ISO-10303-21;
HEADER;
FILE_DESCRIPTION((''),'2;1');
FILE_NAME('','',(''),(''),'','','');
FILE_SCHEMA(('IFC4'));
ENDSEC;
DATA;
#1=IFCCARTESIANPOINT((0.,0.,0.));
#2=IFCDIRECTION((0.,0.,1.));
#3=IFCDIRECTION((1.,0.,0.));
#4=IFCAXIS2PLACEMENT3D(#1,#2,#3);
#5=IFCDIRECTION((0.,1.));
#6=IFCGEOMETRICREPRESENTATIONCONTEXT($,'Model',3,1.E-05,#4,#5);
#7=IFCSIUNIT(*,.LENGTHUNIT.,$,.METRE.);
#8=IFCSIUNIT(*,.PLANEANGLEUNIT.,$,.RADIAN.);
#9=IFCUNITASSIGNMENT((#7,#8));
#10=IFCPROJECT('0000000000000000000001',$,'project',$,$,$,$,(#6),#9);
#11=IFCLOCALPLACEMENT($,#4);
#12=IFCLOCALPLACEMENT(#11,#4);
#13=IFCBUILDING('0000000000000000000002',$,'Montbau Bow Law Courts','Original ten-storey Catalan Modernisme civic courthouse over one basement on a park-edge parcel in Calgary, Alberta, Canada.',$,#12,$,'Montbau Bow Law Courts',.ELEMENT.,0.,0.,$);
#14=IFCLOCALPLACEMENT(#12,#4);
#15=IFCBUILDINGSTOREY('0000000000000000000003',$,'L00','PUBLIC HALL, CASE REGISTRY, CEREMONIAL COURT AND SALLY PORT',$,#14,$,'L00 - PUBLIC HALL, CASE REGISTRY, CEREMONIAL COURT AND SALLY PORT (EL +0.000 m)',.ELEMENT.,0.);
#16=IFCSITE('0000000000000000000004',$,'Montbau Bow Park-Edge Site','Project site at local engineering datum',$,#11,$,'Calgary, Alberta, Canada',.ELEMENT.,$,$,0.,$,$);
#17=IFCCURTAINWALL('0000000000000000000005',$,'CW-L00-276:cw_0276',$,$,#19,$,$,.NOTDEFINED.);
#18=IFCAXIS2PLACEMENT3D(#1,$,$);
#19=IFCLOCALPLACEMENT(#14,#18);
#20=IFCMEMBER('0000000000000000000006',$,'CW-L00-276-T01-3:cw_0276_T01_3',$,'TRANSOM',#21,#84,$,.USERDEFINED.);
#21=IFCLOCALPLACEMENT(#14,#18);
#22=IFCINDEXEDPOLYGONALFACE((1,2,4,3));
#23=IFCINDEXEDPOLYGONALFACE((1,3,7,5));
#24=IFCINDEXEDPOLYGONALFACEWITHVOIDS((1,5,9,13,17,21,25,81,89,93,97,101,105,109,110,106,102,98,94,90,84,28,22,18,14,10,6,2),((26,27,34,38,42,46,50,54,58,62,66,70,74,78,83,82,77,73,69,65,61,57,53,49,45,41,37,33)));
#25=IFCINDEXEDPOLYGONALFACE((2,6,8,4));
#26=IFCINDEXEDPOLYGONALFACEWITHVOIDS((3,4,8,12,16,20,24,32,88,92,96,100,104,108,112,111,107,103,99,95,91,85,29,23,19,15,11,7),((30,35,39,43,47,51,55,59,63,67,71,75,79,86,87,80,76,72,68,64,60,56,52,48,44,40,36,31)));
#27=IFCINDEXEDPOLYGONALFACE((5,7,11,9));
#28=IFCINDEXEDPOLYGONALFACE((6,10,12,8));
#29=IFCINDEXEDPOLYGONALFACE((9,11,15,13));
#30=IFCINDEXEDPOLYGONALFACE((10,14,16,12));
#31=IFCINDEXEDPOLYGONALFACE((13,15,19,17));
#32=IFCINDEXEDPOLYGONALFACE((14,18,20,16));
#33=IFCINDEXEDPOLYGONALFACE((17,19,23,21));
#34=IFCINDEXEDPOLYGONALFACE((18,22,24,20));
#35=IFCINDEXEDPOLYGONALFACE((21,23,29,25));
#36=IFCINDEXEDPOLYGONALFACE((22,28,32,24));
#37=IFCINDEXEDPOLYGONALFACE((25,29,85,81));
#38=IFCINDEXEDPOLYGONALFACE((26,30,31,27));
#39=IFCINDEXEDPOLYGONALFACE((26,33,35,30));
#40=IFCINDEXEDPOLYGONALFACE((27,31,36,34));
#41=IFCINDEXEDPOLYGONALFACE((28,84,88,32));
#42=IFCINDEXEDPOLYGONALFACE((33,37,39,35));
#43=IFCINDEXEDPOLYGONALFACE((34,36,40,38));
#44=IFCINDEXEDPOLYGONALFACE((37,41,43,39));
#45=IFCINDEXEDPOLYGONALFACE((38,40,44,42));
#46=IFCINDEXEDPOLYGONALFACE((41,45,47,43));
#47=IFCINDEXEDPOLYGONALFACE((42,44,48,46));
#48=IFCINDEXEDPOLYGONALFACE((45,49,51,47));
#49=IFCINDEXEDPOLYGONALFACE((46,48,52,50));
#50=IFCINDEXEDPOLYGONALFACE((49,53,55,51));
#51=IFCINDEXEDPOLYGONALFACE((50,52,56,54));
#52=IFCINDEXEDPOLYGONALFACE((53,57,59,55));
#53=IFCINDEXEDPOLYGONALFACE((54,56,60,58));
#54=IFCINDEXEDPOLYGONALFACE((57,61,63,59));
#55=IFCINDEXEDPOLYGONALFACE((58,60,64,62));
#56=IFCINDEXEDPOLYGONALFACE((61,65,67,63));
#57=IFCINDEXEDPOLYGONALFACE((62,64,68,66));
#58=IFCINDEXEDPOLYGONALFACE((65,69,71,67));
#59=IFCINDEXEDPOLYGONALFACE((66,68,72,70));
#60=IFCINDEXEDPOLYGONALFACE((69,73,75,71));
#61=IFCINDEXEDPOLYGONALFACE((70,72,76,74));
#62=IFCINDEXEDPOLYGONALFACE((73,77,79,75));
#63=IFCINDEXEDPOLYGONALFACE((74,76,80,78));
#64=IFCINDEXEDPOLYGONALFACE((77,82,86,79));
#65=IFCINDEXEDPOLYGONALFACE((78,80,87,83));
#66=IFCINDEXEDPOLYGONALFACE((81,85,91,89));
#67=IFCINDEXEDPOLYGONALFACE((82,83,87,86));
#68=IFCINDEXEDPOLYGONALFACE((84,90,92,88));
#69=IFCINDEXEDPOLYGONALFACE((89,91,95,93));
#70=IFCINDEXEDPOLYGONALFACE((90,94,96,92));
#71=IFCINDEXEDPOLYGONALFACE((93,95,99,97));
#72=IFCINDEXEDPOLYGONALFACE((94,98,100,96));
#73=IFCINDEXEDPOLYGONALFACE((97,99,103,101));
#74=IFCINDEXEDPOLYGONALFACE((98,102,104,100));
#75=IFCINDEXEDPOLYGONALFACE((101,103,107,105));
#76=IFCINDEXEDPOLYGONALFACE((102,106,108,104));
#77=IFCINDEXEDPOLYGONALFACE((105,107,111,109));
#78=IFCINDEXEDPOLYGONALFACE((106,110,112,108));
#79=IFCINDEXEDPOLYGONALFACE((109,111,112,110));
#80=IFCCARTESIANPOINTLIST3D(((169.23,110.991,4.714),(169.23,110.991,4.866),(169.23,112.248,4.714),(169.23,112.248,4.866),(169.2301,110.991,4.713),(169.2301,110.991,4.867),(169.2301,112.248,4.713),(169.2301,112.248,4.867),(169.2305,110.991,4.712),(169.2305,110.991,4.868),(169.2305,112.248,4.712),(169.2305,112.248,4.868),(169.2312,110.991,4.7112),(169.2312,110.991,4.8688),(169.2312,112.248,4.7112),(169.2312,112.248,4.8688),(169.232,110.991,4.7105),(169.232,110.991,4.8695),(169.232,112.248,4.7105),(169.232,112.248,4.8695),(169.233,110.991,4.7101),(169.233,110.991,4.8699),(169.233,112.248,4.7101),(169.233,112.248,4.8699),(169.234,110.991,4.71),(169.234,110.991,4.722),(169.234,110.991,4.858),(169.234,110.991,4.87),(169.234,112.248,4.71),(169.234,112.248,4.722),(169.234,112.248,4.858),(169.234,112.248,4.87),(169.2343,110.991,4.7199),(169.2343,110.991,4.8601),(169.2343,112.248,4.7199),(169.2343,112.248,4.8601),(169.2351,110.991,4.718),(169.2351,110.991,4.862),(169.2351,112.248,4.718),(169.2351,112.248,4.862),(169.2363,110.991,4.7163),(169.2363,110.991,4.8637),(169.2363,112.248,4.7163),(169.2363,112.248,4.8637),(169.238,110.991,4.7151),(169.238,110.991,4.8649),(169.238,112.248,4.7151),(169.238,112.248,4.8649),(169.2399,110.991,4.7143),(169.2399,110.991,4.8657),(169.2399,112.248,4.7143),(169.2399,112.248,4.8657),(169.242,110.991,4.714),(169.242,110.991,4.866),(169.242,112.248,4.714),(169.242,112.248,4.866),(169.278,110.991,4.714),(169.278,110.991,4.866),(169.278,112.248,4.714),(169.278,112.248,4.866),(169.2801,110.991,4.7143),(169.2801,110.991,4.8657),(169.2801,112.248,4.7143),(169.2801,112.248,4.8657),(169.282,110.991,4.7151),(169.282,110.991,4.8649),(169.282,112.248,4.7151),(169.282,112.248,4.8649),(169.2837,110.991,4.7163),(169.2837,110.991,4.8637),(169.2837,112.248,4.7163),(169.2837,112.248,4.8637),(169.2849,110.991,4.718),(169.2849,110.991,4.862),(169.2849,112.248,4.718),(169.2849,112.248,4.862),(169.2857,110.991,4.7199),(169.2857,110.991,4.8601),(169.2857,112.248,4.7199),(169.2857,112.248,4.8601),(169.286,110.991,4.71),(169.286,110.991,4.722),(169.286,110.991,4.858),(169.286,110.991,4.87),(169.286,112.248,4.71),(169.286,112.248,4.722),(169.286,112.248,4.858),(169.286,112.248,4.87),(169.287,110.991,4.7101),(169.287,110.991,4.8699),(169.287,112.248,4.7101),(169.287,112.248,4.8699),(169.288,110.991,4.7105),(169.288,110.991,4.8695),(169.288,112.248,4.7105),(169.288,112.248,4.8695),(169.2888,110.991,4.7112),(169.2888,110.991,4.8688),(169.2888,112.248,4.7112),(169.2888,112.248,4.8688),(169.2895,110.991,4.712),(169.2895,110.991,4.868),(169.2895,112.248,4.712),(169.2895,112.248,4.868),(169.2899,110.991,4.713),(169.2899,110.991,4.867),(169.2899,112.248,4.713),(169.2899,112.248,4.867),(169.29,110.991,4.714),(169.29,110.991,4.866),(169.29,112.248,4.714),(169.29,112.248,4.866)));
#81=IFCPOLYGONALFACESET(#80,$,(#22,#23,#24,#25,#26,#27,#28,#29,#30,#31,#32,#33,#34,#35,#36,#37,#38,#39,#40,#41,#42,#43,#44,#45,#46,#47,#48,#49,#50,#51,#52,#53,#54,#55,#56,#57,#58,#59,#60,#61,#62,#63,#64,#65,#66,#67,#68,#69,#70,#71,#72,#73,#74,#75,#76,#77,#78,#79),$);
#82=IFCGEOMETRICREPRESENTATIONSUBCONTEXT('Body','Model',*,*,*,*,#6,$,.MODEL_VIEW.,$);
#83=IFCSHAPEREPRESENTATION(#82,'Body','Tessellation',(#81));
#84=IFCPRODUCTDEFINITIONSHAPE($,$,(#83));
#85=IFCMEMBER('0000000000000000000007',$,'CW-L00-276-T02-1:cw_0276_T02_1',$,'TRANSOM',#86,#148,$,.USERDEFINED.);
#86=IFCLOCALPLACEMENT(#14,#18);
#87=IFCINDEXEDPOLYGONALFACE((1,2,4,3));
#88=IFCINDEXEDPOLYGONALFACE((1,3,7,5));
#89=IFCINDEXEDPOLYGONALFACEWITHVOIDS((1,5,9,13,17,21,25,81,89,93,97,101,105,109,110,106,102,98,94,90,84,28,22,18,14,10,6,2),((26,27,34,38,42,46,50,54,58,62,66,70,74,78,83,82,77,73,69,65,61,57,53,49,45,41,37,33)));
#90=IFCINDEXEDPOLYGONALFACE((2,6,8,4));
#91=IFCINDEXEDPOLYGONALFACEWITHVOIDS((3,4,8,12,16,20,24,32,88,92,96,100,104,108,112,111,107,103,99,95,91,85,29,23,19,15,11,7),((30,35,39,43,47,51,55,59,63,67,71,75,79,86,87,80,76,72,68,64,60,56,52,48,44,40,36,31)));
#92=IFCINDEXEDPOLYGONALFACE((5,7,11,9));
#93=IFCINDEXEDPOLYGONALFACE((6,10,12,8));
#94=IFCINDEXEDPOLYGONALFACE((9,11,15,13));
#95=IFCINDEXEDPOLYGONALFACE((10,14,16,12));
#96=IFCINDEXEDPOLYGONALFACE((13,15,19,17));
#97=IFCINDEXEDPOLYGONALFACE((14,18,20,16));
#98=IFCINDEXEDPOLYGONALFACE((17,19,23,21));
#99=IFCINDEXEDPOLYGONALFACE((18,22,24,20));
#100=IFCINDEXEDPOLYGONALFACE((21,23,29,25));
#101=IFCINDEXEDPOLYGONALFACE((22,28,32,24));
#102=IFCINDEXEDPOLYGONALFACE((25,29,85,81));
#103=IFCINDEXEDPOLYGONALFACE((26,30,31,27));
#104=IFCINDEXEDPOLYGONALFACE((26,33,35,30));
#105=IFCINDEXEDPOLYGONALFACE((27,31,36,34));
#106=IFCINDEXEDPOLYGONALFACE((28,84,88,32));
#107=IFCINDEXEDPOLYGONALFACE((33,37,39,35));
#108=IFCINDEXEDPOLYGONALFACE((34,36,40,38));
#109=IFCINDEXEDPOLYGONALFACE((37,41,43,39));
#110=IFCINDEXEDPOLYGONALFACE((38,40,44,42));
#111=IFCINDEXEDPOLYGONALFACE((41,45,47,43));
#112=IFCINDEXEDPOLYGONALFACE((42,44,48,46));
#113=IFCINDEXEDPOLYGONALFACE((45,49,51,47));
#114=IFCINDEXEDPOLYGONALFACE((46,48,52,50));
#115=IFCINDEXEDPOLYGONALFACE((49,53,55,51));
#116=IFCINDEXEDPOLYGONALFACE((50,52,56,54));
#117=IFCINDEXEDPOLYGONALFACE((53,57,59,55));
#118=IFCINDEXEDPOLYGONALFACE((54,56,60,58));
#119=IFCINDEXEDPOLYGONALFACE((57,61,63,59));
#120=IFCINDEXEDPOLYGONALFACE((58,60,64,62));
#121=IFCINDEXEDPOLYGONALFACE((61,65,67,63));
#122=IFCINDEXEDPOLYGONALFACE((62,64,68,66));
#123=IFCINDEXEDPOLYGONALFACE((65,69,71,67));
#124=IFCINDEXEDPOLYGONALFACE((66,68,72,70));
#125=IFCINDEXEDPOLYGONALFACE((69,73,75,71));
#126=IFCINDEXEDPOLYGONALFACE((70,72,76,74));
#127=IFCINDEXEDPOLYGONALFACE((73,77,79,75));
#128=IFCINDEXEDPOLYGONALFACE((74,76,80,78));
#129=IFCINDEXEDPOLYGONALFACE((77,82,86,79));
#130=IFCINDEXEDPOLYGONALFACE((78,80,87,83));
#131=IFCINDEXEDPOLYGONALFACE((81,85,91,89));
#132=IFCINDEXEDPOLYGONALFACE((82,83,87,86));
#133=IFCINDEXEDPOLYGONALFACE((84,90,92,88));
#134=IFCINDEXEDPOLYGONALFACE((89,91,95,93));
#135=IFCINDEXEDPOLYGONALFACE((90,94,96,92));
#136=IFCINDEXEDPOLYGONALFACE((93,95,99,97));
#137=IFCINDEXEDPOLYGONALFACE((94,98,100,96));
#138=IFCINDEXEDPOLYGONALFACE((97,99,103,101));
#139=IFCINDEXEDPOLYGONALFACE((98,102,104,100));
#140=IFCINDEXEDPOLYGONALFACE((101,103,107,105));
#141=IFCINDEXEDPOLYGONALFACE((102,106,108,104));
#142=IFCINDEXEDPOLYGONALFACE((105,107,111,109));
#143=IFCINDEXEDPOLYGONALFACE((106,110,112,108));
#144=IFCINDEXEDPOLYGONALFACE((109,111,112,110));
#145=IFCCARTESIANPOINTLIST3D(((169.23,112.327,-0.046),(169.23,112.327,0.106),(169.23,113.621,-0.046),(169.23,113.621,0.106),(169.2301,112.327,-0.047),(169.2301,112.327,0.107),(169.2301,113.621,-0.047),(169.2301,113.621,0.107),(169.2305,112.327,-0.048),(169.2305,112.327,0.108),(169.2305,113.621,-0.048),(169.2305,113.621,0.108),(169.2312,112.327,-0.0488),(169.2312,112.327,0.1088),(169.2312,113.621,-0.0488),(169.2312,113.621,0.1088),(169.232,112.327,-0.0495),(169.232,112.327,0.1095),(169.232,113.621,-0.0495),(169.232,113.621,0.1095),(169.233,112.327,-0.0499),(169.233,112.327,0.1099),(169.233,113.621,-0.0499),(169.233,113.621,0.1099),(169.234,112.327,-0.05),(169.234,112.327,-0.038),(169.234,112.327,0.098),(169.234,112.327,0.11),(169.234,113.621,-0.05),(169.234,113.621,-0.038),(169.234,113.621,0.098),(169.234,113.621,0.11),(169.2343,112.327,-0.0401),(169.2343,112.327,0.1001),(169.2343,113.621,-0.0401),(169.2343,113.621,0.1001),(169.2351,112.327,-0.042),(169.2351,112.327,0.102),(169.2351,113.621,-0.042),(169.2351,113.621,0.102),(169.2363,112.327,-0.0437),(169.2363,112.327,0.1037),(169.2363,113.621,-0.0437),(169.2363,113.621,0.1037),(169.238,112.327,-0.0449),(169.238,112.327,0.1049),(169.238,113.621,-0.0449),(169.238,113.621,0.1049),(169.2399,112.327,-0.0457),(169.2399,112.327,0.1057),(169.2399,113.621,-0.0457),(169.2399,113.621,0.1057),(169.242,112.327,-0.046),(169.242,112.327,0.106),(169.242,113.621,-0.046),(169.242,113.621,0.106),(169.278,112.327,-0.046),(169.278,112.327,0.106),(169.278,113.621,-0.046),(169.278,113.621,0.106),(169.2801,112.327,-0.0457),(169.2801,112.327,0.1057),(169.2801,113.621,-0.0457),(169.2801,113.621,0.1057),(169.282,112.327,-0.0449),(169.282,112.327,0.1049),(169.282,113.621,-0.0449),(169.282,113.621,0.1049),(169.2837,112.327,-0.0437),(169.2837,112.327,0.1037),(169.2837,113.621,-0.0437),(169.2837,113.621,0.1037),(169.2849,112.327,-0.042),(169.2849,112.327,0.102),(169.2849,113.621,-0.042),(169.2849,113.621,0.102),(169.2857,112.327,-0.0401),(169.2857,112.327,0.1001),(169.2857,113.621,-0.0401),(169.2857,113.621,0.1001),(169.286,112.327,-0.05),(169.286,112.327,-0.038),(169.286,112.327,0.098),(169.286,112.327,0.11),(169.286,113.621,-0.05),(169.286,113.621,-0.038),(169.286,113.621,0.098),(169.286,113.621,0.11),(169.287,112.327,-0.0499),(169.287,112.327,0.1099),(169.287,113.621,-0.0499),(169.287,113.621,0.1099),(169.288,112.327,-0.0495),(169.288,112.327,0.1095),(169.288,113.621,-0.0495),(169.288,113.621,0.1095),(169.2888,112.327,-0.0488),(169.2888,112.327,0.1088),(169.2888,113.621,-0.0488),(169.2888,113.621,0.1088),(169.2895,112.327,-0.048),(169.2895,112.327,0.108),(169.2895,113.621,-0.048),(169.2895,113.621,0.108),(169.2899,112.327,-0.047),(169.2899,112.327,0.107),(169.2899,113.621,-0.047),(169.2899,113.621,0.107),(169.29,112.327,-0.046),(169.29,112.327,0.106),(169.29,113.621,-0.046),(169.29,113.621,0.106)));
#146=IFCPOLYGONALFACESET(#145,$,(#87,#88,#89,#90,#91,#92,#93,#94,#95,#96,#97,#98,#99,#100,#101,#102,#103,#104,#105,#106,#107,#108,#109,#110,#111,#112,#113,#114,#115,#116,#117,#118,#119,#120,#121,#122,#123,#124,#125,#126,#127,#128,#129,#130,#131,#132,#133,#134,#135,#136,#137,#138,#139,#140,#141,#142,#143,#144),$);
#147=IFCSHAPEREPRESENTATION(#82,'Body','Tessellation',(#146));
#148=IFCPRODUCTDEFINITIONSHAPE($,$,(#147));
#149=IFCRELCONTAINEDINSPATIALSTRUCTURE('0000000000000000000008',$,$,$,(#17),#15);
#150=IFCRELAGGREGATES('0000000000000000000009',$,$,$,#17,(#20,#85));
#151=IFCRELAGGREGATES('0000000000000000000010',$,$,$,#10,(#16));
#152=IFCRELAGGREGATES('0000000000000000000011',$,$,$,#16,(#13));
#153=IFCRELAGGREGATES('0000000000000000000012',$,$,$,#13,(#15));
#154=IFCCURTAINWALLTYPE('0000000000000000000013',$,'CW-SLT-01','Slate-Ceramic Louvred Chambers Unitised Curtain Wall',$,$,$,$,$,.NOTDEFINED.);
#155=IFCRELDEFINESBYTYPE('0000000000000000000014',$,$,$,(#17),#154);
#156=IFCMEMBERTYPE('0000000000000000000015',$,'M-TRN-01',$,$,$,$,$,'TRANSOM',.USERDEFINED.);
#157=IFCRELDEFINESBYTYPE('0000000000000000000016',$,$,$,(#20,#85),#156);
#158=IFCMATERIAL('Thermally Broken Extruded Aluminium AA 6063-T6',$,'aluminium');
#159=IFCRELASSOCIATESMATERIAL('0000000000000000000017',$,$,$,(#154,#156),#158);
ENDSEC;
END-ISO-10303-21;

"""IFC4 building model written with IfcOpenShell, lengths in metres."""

from ifc_helpers import new_model, si_unit, direction, frame, origin_with_axes, origin_2d_with_axis, place, context, subcontext, project, spatial, hollow_rectangle, extrude, material, material_profile, profile_set, type_object, element, aggregate, save


model = new_model("IFC4")

# Units and contexts
model_context = context("Model", 3, precision=1e-05, world=origin_with_axes(), true_north=direction((0.0, 1.0)))
body_context = subcontext(model_context, "Body", "Model", "MODEL_VIEW")
ifc_project = project(units=[si_unit("LENGTHUNIT", "METRE"), si_unit("PLANEANGLEUNIT", "RADIAN")], contexts=[model_context])

# Site, building, storey
site_placement = place(None, origin_with_axes())
site = spatial("IfcSite", under=ifc_project, at=site_placement, Name="Montbau Bow Park-Edge Site", Description="Project site at local engineering datum", LongName="Calgary, Alberta, Canada", CompositionType="ELEMENT", RefElevation=0.0)
building_placement = place(site_placement, origin_with_axes())
building = spatial("IfcBuilding", under=site, at=building_placement, Name="Montbau Bow Law Courts", Description="Original ten-storey Catalan Modernisme civic courthouse over one basement on a park-edge parcel in Calgary, Alberta, Canada.", LongName="Montbau Bow Law Courts", CompositionType="ELEMENT", ElevationOfRefHeight=0.0, ElevationOfTerrain=0.0)
storey_placement = place(building_placement, origin_with_axes())
storey = spatial("IfcBuildingStorey", under=building, at=storey_placement, Name="L00", Description="PUBLIC HALL, CASE REGISTRY, CEREMONIAL COURT AND SALLY PORT", LongName="L00 - PUBLIC HALL, CASE REGISTRY, CEREMONIAL COURT AND SALLY PORT (EL +0.000 m)", CompositionType="ELEMENT", Elevation=0.0)

# Curtain wall, members
ifc_material_1 = material(Name="Thermally Broken Extruded Aluminium AA 6063-T6", Category="aluminium")
curtain_wall_type = type_object("IfcCurtainWallType", Name="CW-SLT-01", Description="Slate-Ceramic Louvred Chambers Unitised Curtain Wall", PredefinedType="NOTDEFINED", material=ifc_material_1)
curtain_wall_placement = place(None, frame((169.26, 110.915, 0.0), z_axis=(0.0, 0.0, 1.0), x_axis=(1.0, 0.0, 0.0)))
curtain_wall = element("IfcCurtainWall", 1, at=curtain_wall_placement, inside=storey, type_object=curtain_wall_type, Name="CW-L00-276:cw_0276", PredefinedType="NOTDEFINED")
ifc_material_profile_1 = material_profile(ifc_material_1, hollow_rectangle(XDim=0.06, YDim=0.16, WallThickness=0.004, InnerFilletRadius=0.008, OuterFilletRadius=0.004, at=origin_2d_with_axis()), Name="CWT-160X60", Category="Main", Priority=0)
ifc_profile_set_1 = profile_set([ifc_material_profile_1], Name="Thermally Broken Extruded Aluminium AA 6063-T6")
member_type_1 = type_object("IfcMemberType", Name="M-TRN-01", ElementType="TRANSOM", PredefinedType="USERDEFINED", material=ifc_profile_set_1)
member_1_placement = place(None, frame((169.26, 110.991, 4.79), z_axis=(0.0, 1.0, 0.0), x_axis=(-1.0, 0.0, 0.0)))
member_1 = element("IfcMember", 2, at=member_1_placement, type_object=member_type_1, Name="CW-L00-276-T01-3:cw_0276_T01_3", ObjectType="TRANSOM", PredefinedType="USERDEFINED", context=body_context, shape_type="SweptSolid", body=[
    extrude(hollow_rectangle(XDim=0.06, YDim=0.16, WallThickness=0.004, InnerFilletRadius=0.008, OuterFilletRadius=0.004, at=origin_2d_with_axis()), origin_with_axes(), (0.0, 0.0, 1.0), 1.257),
])
member_2_placement = place(None, frame((169.26, 112.327, 0.03), z_axis=(0.0, 1.0, 0.0), x_axis=(-1.0, 0.0, 0.0)))
member_2 = element("IfcMember", 3, at=member_2_placement, type_object=member_type_1, Name="CW-L00-276-T02-1:cw_0276_T02_1", ObjectType="TRANSOM", PredefinedType="USERDEFINED", context=body_context, shape_type="SweptSolid", body=[
    extrude(hollow_rectangle(XDim=0.06, YDim=0.16, WallThickness=0.004, InnerFilletRadius=0.008, OuterFilletRadius=0.004, at=origin_2d_with_axis()), origin_with_axes(), (0.0, 0.0, 1.0), 1.294),
])
aggregate(curtain_wall, [member_1, member_2])

save(model, "model.ifc")
